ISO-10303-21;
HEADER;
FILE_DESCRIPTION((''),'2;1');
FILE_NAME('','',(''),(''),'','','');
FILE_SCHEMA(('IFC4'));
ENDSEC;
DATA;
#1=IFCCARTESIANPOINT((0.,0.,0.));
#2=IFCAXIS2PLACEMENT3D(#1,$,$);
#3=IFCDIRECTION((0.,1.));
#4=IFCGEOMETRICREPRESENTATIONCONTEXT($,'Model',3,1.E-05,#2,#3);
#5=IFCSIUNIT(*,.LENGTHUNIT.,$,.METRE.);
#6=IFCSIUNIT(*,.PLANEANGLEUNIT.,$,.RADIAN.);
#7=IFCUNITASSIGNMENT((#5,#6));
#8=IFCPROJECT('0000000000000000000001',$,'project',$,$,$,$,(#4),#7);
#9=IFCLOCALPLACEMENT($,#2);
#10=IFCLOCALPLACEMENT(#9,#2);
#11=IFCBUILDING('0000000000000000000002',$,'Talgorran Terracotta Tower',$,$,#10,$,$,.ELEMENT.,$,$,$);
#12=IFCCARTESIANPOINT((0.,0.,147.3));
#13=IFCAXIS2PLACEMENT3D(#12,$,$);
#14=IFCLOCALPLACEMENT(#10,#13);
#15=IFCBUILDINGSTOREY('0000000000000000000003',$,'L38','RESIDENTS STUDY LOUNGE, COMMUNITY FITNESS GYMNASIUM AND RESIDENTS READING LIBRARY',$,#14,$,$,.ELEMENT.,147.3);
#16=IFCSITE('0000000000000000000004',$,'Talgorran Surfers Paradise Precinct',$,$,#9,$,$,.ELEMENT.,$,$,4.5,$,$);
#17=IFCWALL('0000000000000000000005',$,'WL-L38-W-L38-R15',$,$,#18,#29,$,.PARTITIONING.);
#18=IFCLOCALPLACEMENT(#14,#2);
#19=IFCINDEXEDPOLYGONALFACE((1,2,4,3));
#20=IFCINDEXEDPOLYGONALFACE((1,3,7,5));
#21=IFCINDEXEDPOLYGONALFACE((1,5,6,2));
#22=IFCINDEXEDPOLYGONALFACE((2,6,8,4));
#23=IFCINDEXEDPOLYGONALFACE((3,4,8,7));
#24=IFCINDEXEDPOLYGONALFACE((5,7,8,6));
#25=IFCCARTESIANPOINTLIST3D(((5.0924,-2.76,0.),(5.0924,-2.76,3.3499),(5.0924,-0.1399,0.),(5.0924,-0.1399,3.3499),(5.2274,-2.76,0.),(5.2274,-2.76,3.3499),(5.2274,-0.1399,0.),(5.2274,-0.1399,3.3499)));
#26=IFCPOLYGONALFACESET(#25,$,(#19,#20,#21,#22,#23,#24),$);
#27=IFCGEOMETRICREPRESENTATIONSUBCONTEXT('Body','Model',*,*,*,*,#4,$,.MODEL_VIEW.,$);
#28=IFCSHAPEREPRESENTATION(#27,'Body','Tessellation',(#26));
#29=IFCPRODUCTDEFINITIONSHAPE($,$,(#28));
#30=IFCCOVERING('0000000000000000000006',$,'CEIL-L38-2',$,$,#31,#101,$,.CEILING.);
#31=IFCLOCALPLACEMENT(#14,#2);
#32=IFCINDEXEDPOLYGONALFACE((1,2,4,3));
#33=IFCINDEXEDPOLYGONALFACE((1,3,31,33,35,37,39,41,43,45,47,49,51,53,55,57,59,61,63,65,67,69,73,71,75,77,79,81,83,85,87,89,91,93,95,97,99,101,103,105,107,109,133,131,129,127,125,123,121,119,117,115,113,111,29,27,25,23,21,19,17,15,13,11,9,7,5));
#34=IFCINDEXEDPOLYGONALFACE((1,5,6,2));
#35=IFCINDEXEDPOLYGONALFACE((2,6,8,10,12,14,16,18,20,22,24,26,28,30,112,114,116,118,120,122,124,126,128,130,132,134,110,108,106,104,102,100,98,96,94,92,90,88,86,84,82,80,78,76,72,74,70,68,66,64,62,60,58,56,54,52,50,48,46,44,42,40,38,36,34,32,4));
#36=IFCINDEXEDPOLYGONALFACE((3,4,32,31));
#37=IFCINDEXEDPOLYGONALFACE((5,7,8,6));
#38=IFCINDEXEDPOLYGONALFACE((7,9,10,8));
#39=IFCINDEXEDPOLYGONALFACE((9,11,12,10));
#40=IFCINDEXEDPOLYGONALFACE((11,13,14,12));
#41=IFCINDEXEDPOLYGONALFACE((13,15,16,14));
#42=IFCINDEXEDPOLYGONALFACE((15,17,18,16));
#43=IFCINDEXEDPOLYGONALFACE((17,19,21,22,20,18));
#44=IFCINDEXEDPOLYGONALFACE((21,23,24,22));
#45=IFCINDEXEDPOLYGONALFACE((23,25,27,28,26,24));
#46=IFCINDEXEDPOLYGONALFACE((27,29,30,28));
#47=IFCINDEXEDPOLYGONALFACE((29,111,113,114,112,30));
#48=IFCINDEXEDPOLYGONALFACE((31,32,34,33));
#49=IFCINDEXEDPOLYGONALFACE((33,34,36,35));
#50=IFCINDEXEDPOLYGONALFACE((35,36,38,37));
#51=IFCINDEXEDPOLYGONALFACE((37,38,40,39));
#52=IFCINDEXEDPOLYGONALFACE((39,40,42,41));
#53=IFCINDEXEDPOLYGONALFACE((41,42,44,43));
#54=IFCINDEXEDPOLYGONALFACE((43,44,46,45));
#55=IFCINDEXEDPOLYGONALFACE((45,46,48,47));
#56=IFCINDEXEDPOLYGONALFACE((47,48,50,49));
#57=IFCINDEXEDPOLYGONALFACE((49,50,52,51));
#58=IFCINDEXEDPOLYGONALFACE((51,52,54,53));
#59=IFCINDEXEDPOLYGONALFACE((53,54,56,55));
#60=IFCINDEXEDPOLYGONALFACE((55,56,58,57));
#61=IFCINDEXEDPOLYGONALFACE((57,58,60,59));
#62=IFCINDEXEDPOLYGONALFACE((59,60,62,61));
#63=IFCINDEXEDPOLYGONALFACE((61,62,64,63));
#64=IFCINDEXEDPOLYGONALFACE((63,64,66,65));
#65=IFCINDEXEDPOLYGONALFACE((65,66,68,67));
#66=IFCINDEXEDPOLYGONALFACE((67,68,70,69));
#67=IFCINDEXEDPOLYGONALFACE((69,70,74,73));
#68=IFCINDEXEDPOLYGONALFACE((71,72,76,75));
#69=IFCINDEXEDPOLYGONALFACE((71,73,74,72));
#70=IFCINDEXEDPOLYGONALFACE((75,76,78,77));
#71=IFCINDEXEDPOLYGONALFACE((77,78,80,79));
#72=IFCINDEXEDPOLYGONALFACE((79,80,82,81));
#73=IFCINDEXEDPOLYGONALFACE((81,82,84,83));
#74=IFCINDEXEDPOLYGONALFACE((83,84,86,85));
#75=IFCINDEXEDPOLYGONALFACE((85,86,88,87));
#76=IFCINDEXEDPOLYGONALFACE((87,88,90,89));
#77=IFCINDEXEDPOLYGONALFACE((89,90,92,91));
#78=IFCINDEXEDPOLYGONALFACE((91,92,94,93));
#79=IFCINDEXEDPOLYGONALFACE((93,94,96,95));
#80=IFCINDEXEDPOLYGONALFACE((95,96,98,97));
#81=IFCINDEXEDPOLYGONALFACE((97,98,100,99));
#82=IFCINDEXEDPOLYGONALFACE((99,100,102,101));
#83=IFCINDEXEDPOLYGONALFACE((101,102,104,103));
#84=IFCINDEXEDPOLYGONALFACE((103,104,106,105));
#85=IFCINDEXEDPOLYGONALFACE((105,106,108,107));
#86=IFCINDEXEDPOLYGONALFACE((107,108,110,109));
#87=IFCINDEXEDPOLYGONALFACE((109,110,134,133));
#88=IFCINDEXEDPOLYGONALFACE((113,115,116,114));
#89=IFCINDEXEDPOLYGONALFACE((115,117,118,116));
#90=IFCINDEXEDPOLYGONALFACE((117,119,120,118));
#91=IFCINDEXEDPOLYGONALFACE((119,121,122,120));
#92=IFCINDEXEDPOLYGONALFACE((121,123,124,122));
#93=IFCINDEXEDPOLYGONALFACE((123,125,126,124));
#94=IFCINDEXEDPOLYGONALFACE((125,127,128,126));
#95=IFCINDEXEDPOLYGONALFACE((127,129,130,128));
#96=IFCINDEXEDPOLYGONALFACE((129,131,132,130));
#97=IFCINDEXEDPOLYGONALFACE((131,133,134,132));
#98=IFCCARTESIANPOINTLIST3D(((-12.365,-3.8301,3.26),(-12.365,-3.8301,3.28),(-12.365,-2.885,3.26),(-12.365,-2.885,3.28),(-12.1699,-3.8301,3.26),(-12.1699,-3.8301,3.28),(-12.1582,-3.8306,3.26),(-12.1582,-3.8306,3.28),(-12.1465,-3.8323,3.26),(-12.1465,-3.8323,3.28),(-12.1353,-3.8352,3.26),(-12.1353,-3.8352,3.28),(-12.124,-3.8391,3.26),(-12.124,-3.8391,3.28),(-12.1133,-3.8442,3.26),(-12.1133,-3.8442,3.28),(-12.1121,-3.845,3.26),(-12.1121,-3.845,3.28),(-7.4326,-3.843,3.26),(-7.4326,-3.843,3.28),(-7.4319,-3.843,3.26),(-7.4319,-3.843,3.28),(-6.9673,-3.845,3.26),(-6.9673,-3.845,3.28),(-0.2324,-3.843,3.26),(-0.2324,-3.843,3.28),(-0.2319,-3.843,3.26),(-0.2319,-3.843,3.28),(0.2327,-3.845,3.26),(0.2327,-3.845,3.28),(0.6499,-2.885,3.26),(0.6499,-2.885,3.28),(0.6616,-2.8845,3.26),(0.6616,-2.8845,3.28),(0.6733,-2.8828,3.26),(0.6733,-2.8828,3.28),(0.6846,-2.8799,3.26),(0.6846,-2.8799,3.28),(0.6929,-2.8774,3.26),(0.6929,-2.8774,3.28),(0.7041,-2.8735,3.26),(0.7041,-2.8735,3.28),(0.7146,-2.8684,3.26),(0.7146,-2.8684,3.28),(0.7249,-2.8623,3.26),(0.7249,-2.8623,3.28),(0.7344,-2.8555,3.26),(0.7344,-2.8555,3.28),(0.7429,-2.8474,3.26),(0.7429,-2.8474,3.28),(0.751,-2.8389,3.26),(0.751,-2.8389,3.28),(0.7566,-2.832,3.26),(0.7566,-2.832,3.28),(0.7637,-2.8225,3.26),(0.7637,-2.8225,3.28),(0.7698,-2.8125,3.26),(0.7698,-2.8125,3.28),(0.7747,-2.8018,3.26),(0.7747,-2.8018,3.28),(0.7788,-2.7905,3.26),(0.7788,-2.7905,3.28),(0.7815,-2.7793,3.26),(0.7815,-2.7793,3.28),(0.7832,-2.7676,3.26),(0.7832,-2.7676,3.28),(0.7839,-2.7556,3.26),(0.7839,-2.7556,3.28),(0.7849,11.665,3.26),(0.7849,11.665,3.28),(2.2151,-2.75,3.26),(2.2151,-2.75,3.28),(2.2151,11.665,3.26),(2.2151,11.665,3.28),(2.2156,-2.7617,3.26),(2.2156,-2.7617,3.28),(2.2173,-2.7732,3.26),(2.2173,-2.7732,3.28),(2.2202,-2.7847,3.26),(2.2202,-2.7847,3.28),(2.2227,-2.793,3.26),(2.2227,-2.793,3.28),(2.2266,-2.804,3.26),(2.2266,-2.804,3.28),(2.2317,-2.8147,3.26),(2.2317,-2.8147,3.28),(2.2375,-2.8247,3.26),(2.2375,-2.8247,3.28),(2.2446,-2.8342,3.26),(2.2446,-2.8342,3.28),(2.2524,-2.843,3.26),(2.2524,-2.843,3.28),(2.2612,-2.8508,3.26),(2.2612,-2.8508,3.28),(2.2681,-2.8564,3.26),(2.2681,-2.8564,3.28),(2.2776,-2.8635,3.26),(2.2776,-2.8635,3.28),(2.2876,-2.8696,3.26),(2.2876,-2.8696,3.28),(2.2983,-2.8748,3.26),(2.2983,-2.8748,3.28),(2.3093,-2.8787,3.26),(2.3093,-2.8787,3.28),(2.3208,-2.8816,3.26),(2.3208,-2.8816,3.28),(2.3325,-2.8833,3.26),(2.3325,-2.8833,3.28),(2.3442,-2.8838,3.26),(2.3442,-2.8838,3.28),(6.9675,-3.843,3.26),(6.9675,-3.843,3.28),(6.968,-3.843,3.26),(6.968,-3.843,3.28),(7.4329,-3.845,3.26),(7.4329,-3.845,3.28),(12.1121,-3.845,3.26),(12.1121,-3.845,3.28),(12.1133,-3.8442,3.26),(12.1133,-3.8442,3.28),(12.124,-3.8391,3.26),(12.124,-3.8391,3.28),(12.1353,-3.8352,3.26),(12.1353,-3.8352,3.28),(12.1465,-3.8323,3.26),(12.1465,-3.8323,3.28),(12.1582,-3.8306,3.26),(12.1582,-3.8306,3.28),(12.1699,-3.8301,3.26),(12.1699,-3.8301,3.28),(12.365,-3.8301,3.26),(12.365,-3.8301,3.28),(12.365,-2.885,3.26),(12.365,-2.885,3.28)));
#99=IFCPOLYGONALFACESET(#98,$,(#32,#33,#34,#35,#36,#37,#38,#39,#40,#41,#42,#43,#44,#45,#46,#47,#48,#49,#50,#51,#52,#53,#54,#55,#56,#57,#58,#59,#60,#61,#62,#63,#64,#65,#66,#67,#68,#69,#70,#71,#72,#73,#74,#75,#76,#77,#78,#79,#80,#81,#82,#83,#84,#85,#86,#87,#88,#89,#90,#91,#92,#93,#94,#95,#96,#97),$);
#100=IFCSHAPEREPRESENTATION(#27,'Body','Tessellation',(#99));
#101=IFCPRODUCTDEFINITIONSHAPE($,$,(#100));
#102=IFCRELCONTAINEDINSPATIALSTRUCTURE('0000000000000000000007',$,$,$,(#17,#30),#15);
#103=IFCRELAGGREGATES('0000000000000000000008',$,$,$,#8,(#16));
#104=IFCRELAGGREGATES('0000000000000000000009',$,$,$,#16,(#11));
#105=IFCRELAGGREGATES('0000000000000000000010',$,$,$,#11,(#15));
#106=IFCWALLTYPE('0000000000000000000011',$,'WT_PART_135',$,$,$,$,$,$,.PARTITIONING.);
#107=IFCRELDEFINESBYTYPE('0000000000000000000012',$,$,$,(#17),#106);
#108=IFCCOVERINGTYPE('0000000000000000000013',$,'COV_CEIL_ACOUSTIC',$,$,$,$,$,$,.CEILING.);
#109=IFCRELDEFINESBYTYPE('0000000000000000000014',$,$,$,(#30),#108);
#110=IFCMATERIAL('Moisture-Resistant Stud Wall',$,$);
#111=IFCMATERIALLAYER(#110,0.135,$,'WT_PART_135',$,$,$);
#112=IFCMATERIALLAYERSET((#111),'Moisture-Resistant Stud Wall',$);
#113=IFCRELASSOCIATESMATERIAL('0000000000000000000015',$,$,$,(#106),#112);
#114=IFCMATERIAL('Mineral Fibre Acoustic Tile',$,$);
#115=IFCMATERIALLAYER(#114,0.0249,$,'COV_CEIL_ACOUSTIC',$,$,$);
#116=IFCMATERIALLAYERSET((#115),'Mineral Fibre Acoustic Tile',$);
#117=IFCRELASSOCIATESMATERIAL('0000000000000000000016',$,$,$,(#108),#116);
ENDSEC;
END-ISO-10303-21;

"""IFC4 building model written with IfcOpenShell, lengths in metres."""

from ifc_helpers import new_model, si_unit, direction, frame, frame_2d, origin, place, context, subcontext, project, spatial, polyline, rectangle, outline, extrude, material, layer, layer_set, type_object, element, save


model = new_model("IFC4")

# Units and contexts
model_context = context("Model", 3, precision=1e-05, world=origin(), true_north=direction((0.0, 1.0)))
body_context = subcontext(model_context, "Body", "Model", "MODEL_VIEW")
ifc_project = project(units=[si_unit("LENGTHUNIT", "METRE"), si_unit("PLANEANGLEUNIT", "RADIAN")], contexts=[model_context])

# Site, building, storey
site_placement = place(None, origin())
site = spatial("IfcSite", under=ifc_project, at=site_placement, Name="Talgorran Surfers Paradise Precinct", CompositionType="ELEMENT", RefElevation=4.5)
building_placement = place(site_placement, origin())
building = spatial("IfcBuilding", under=site, at=building_placement, Name="Talgorran Terracotta Tower", CompositionType="ELEMENT")
storey_placement = place(building_placement, frame((0.0, 0.0, 147.3)))
storey = spatial("IfcBuildingStorey", under=building, at=storey_placement, Name="L38", Description="RESIDENTS STUDY LOUNGE, COMMUNITY FITNESS GYMNASIUM AND RESIDENTS READING LIBRARY", CompositionType="ELEMENT", Elevation=147.3)

# Wall
ifc_material_1 = material(Name="Moisture-Resistant Stud Wall")
ifc_layer_1 = layer(ifc_material_1, 0.135, Name="WT_PART_135")
ifc_layer_set_1 = layer_set([ifc_layer_1], Name="Moisture-Resistant Stud Wall")
wall_type_1 = type_object("IfcWallType", Name="WT_PART_135", PredefinedType="PARTITIONING", material=ifc_layer_set_1)
wall_1_placement = place(storey_placement, frame((5.1599, -2.76, 0.0), z_axis=(0.0, 0.0, 1.0), x_axis=(0.0, 1.0, 0.0)))
element("IfcWall", 1, at=wall_1_placement, inside=storey, type_object=wall_type_1, Name="WL-L38-W-L38-R15", PredefinedType="PARTITIONING", context=body_context, shape_type="SweptSolid", body=[
    extrude(rectangle(XDim=2.6201, YDim=0.135, at=frame_2d((1.3101, 0.0))), origin(), (0.0, 0.0, 1.0), 3.3499),
])

# Covering
ifc_material_2 = material(Name="Mineral Fibre Acoustic Tile")
ifc_layer_2 = layer(ifc_material_2, 0.0249, Name="COV_CEIL_ACOUSTIC")
ifc_layer_set_2 = layer_set([ifc_layer_2], Name="Mineral Fibre Acoustic Tile")
covering_type_1 = type_object("IfcCoveringType", Name="COV_CEIL_ACOUSTIC", PredefinedType="CEILING", material=ifc_layer_set_2)
covering_1_placement = place(storey_placement, frame((0.0, 0.0, 3.26)))
element("IfcCovering", 2, at=covering_1_placement, inside=storey, type_object=covering_type_1, Name="CEIL-L38-2", PredefinedType="CEILING", context=body_context, shape_type="SweptSolid", body=[
    extrude(outline(polyline([(-12.365, -2.885), (0.6499, -2.885), (0.6616, -2.8845), (0.6733, -2.8828), (0.6846, -2.8799), (0.6929, -2.8774), (0.7041, -2.8735), (0.7146, -2.8684), (0.7249, -2.8623), (0.7344, -2.8555), (0.7429, -2.8474), (0.751, -2.8389), (0.7566, -2.832), (0.7637, -2.8225), (0.7698, -2.8125), (0.7747, -2.8018), (0.7788, -2.7905), (0.7815, -2.7793), (0.7832, -2.7676), (0.7839, -2.7556), (0.7849, 11.665), (2.2151, 11.665), (2.2151, -2.75), (2.2156, -2.7617), (2.2173, -2.7732), (2.2202, -2.7847), (2.2227, -2.793), (2.2266, -2.804), (2.2317, -2.8147), (2.2375, -2.8247), (2.2446, -2.8342), (2.2524, -2.843), (2.2612, -2.8508), (2.2681, -2.8564), (2.2776, -2.8635), (2.2876, -2.8696), (2.2983, -2.8748), (2.3093, -2.8787), (2.3208, -2.8816), (2.3325, -2.8833), (2.3442, -2.8838), (12.365, -2.885), (12.365, -3.8301), (12.1699, -3.8301), (12.1582, -3.8306), (12.1465, -3.8323), (12.1353, -3.8352), (12.124, -3.8391), (12.1133, -3.8442), (12.1121, -3.845), (7.4329, -3.845), (6.968, -3.843), (6.9675, -3.843), (0.2327, -3.845), (-0.2319, -3.843), (-0.2324, -3.843), (-6.9673, -3.845), (-7.4319, -3.843), (-7.4326, -3.843), (-12.1121, -3.845), (-12.1133, -3.8442), (-12.124, -3.8391), (-12.1353, -3.8352), (-12.1465, -3.8323), (-12.1582, -3.8306), (-12.1699, -3.8301), (-12.365, -3.8301), (-12.365, -2.885)])), origin(), (0.0, 0.0, 1.0), 0.02),
])

save(model, "model.ifc")
